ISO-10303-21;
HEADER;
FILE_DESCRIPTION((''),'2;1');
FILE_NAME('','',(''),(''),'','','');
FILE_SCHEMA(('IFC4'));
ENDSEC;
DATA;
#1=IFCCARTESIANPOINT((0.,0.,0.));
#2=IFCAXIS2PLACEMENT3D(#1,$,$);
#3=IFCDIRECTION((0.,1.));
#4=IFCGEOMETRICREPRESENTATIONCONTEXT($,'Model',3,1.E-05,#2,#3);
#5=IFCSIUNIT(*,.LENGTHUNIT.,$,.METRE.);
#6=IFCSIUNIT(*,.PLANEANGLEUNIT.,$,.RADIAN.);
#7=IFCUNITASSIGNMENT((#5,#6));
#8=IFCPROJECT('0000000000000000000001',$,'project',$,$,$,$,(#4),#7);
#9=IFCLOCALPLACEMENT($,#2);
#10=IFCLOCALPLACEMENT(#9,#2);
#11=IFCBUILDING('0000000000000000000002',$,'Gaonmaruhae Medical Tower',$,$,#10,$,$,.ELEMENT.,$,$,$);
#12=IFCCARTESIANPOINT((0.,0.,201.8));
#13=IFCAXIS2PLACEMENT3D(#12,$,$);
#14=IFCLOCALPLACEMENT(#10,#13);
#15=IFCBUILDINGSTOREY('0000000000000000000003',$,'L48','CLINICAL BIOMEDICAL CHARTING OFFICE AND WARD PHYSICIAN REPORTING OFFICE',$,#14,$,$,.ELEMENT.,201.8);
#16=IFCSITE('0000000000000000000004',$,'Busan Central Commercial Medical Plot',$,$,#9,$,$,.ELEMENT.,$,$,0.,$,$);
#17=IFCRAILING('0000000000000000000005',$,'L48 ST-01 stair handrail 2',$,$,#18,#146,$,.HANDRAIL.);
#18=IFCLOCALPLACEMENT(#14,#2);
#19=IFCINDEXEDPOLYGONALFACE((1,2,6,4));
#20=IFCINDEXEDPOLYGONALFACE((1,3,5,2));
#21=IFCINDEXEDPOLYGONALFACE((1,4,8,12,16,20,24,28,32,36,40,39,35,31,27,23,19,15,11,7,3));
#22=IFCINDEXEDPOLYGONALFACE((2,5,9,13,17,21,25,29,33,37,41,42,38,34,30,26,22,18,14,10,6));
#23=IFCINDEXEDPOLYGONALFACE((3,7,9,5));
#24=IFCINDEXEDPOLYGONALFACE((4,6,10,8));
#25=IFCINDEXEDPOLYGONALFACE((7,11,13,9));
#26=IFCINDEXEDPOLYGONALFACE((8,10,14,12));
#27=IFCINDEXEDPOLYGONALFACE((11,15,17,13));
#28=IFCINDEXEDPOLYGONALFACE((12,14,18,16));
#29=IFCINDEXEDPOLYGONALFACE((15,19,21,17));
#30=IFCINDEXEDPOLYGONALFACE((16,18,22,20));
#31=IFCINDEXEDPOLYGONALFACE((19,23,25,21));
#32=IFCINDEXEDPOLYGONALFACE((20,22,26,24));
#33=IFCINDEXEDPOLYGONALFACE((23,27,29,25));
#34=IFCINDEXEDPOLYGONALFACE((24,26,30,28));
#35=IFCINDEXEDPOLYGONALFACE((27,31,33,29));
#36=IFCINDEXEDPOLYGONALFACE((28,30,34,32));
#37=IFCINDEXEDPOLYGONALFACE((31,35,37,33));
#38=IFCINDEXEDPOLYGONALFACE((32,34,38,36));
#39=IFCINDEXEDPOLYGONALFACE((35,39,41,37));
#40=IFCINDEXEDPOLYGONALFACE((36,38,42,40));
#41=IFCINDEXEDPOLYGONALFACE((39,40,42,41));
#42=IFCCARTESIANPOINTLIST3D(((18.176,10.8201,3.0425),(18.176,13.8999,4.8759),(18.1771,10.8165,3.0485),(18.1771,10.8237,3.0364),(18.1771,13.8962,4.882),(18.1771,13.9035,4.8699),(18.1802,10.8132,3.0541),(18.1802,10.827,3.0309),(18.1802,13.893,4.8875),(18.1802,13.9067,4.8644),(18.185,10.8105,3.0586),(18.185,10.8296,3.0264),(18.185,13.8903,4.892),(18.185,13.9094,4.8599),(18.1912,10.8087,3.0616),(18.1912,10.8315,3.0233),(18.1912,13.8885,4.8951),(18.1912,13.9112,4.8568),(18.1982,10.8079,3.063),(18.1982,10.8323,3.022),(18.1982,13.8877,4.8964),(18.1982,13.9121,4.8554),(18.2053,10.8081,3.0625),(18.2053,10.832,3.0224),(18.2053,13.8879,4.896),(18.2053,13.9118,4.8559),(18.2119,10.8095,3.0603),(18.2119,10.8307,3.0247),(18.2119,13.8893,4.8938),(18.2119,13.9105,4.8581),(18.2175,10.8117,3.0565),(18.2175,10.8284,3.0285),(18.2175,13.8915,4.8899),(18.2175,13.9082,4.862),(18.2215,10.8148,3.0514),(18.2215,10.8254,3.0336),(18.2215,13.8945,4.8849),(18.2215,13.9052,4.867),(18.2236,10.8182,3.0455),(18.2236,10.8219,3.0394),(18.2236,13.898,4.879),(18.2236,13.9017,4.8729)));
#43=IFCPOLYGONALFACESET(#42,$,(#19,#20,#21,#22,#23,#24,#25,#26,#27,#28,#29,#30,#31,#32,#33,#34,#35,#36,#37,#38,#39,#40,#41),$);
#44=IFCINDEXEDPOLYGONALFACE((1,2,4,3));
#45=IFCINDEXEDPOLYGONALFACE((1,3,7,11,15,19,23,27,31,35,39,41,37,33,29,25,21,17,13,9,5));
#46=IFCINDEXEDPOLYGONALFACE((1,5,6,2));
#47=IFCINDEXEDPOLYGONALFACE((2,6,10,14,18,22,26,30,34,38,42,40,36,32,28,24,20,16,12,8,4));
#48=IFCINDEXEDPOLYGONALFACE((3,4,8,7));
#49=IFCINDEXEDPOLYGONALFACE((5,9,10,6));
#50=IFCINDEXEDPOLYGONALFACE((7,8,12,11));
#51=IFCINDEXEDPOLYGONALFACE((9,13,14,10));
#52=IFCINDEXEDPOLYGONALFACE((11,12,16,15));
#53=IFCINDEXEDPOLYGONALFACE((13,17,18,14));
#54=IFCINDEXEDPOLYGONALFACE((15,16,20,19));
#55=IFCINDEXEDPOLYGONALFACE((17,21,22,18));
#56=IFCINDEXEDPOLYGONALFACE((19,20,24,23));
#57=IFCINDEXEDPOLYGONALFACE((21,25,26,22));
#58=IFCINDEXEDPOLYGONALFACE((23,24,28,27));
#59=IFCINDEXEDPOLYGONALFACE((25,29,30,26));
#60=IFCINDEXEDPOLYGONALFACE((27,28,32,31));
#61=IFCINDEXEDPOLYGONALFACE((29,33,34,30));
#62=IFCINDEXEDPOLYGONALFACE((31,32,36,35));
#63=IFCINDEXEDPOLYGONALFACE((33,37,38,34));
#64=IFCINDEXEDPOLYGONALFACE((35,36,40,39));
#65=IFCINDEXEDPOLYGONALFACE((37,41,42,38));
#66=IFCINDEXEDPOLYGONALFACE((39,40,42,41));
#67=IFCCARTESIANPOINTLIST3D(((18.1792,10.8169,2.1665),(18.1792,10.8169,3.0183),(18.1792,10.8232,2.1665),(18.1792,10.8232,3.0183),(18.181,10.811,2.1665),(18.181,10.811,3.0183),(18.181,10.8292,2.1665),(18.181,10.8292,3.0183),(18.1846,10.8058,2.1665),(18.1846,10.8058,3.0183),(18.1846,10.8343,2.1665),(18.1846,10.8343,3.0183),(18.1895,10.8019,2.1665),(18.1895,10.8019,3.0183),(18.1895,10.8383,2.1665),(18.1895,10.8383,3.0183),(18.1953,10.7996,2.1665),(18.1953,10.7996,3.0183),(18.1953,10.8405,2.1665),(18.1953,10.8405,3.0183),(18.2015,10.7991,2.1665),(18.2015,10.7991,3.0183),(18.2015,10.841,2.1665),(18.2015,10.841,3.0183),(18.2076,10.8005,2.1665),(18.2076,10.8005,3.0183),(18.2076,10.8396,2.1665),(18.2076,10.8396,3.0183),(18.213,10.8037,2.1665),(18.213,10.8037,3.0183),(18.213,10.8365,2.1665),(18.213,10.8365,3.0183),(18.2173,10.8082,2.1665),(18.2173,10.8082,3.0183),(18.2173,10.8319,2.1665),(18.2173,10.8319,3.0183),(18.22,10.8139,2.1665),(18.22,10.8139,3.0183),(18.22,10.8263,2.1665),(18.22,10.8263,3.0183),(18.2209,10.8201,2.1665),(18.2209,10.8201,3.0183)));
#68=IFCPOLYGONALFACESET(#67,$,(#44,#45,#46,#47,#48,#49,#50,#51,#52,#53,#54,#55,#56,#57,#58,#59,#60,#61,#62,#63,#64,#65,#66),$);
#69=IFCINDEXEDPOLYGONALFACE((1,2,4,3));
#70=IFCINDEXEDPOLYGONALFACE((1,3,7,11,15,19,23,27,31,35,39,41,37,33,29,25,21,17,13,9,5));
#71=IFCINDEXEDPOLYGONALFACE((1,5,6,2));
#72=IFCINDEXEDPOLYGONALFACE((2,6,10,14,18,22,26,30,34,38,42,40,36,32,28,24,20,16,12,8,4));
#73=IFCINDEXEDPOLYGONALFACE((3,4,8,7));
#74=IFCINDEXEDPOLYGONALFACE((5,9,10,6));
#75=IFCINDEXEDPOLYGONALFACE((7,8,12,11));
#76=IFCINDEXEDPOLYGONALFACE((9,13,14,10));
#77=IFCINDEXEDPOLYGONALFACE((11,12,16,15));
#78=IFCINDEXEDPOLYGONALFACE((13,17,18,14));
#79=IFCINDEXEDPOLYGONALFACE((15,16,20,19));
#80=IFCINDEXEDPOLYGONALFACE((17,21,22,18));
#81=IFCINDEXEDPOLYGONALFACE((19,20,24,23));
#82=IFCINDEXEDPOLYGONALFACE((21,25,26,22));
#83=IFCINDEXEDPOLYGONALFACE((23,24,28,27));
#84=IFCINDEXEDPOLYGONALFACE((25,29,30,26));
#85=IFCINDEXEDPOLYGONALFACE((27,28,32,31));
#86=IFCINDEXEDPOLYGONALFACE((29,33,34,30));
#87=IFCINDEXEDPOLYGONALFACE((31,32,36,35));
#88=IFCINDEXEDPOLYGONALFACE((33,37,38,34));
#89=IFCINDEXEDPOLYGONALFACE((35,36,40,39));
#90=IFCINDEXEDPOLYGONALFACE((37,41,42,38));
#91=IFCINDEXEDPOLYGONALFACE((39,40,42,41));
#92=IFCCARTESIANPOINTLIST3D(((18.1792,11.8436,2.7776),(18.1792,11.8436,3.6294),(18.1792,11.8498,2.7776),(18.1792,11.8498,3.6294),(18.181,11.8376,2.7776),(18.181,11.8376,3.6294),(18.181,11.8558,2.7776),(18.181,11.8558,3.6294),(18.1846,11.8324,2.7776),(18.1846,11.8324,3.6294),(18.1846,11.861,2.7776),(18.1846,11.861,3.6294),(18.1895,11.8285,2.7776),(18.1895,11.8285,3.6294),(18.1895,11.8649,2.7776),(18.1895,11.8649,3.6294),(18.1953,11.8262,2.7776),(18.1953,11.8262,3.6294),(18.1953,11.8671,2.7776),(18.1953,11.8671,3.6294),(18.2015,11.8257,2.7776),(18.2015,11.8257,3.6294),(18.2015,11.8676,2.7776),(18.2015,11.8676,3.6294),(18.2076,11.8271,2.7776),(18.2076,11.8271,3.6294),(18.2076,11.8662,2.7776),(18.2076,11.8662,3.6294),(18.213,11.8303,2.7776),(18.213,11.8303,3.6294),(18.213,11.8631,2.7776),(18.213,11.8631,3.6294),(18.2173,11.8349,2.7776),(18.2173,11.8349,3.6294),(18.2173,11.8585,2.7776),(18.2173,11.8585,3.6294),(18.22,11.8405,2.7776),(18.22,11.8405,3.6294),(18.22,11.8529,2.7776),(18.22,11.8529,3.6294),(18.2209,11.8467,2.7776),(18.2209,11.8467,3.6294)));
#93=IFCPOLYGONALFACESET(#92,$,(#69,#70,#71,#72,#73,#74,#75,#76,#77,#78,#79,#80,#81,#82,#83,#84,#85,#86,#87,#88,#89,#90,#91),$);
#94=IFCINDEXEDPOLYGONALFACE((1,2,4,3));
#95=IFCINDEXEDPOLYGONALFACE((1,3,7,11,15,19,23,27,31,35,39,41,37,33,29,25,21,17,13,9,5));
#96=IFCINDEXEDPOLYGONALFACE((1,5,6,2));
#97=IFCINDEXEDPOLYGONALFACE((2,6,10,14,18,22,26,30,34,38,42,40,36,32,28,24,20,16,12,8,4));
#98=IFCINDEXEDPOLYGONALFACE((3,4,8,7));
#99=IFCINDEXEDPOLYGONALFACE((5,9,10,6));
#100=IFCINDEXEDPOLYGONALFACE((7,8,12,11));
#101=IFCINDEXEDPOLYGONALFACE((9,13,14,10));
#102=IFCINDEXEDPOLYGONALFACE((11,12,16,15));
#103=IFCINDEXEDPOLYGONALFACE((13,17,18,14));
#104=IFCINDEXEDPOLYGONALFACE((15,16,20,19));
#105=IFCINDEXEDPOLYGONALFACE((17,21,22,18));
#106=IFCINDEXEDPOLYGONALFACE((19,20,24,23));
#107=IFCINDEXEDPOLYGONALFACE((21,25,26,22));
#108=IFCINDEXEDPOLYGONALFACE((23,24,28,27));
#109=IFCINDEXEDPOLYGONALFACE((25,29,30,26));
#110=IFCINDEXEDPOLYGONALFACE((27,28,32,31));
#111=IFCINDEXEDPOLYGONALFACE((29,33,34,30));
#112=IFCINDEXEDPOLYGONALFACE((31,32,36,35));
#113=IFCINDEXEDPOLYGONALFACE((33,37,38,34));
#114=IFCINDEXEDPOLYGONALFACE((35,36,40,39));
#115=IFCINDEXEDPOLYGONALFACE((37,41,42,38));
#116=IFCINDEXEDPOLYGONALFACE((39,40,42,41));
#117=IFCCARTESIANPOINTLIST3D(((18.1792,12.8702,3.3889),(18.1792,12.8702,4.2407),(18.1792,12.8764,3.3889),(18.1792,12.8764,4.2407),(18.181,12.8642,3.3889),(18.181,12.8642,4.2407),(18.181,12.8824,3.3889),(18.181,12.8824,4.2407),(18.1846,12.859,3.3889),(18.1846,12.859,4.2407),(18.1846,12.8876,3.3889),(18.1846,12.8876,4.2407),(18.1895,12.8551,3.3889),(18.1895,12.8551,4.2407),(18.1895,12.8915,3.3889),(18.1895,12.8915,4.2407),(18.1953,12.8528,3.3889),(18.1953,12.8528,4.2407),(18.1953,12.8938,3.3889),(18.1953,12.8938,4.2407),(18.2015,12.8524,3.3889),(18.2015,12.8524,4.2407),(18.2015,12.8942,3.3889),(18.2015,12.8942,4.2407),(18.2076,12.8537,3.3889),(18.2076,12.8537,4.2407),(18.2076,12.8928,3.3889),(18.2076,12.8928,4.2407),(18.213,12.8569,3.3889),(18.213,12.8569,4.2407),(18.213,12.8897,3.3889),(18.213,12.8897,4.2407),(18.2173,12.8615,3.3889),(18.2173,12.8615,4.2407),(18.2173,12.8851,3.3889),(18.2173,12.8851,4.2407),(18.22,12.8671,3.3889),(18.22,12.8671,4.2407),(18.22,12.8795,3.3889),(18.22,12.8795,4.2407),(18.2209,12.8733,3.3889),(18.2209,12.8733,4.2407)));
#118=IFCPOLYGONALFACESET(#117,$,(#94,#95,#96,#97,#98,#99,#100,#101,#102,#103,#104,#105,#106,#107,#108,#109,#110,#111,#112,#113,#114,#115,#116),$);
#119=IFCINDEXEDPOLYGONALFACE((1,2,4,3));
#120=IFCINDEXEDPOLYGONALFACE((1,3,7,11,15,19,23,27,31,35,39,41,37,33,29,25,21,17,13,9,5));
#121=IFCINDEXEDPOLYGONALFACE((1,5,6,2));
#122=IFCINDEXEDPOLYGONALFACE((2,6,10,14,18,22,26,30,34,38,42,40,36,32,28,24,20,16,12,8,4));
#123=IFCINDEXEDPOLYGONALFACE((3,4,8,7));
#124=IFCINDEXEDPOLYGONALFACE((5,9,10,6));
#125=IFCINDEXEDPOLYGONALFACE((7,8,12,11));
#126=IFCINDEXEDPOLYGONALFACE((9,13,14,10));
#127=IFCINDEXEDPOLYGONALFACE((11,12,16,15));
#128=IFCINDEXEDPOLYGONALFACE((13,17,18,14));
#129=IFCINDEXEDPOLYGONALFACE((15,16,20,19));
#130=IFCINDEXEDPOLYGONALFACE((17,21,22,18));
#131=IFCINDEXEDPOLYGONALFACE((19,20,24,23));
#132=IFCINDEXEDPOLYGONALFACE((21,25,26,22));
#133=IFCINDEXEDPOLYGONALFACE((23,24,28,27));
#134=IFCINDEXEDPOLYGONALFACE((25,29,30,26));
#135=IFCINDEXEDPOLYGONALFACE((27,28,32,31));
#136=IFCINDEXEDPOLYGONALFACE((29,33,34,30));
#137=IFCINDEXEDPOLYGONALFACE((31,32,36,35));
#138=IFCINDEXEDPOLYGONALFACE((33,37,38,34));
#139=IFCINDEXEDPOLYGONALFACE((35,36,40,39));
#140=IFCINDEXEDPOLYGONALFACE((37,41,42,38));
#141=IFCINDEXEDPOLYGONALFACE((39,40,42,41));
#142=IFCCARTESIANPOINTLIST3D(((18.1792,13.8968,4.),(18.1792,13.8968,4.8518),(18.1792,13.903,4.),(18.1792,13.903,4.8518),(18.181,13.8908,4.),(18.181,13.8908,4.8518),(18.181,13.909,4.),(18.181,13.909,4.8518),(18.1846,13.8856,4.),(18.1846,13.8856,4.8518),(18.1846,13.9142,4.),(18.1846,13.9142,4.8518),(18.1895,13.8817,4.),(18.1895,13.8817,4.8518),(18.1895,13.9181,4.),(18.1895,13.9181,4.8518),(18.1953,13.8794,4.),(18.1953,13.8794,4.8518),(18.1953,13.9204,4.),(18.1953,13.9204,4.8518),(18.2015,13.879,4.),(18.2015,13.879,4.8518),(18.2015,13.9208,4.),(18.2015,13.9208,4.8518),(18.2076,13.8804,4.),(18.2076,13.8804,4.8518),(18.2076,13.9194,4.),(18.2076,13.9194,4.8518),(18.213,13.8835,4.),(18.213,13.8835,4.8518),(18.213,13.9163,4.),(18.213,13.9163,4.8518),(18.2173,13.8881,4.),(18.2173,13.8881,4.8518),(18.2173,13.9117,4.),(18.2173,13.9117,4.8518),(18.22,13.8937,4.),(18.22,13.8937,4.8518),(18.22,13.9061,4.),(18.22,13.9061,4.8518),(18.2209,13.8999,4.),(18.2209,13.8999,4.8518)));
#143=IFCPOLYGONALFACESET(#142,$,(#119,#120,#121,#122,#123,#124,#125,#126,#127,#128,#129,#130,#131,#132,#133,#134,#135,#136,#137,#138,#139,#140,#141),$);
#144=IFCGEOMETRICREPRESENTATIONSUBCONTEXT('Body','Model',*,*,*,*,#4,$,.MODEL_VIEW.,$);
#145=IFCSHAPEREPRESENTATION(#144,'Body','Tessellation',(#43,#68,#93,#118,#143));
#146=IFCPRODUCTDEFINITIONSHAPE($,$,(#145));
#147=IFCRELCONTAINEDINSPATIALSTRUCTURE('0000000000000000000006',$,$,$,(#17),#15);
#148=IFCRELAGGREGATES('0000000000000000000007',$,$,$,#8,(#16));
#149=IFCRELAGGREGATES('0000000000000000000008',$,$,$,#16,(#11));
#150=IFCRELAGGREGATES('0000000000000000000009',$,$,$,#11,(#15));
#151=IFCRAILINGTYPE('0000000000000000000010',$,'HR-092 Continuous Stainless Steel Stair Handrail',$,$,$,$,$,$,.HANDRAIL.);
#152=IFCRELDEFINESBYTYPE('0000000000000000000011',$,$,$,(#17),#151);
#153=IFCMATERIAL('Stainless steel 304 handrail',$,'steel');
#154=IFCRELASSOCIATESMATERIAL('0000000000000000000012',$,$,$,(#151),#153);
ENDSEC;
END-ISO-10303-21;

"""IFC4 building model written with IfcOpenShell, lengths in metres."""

from ifc_helpers import new_model, si_unit, direction, frame, origin, origin_2d, place, context, subcontext, project, spatial, circle, extrude, material, type_object, element, save


model = new_model("IFC4")

# Units and contexts
model_context = context("Model", 3, precision=1e-05, world=origin(), true_north=direction((0.0, 1.0)))
body_context = subcontext(model_context, "Body", "Model", "MODEL_VIEW")
ifc_project = project(units=[si_unit("LENGTHUNIT", "METRE"), si_unit("PLANEANGLEUNIT", "RADIAN")], contexts=[model_context])

# Site, building, storey
site_placement = place(None, origin())
site = spatial("IfcSite", under=ifc_project, at=site_placement, Name="Busan Central Commercial Medical Plot", CompositionType="ELEMENT", RefElevation=0.0)
building_placement = place(site_placement, origin())
building = spatial("IfcBuilding", under=site, at=building_placement, Name="Gaonmaruhae Medical Tower", CompositionType="ELEMENT")
storey_placement = place(building_placement, frame((0.0, 0.0, 201.8)))
storey = spatial("IfcBuildingStorey", under=building, at=storey_placement, Name="L48", Description="CLINICAL BIOMEDICAL CHARTING OFFICE AND WARD PHYSICIAN REPORTING OFFICE", CompositionType="ELEMENT", Elevation=201.8)

# Railing
ifc_material_1 = material(Name="Stainless steel 304 handrail", Category="steel")
railing_type_1 = type_object("IfcRailingType", Name="HR-092 Continuous Stainless Steel Stair Handrail", PredefinedType="HANDRAIL", material=ifc_material_1)
railing_1_placement = place(storey_placement, frame((18.2, 10.8201, 2.1665)))
element("IfcRailing", 1, at=railing_1_placement, inside=storey, type_object=railing_type_1, Name="L48 ST-01 stair handrail 2", PredefinedType="HANDRAIL", context=body_context, shape_type="SweptSolid", body=[
    extrude(circle(Radius=0.0239, at=origin_2d()), frame((0.0, 0.0, 0.876), z_axis=(0.0, 0.859261, 0.511538), x_axis=(-1.0, 0.0, 0.0)), (0.0, 0.0, 1.0), 3.5842),
    extrude(circle(Radius=0.021, at=origin_2d()), origin(), (0.0, 0.0, 1.0), 0.8518),
    extrude(circle(Radius=0.021, at=origin_2d()), frame((0.0, 1.0266, 0.6111)), (0.0, 0.0, 1.0), 0.8518),
    extrude(circle(Radius=0.021, at=origin_2d()), frame((0.0, 2.0532, 1.2224)), (0.0, 0.0, 1.0), 0.8518),
    extrude(circle(Radius=0.021, at=origin_2d()), frame((0.0, 3.0798, 1.8335)), (0.0, 0.0, 1.0), 0.8518),
])

save(model, "model.ifc")
